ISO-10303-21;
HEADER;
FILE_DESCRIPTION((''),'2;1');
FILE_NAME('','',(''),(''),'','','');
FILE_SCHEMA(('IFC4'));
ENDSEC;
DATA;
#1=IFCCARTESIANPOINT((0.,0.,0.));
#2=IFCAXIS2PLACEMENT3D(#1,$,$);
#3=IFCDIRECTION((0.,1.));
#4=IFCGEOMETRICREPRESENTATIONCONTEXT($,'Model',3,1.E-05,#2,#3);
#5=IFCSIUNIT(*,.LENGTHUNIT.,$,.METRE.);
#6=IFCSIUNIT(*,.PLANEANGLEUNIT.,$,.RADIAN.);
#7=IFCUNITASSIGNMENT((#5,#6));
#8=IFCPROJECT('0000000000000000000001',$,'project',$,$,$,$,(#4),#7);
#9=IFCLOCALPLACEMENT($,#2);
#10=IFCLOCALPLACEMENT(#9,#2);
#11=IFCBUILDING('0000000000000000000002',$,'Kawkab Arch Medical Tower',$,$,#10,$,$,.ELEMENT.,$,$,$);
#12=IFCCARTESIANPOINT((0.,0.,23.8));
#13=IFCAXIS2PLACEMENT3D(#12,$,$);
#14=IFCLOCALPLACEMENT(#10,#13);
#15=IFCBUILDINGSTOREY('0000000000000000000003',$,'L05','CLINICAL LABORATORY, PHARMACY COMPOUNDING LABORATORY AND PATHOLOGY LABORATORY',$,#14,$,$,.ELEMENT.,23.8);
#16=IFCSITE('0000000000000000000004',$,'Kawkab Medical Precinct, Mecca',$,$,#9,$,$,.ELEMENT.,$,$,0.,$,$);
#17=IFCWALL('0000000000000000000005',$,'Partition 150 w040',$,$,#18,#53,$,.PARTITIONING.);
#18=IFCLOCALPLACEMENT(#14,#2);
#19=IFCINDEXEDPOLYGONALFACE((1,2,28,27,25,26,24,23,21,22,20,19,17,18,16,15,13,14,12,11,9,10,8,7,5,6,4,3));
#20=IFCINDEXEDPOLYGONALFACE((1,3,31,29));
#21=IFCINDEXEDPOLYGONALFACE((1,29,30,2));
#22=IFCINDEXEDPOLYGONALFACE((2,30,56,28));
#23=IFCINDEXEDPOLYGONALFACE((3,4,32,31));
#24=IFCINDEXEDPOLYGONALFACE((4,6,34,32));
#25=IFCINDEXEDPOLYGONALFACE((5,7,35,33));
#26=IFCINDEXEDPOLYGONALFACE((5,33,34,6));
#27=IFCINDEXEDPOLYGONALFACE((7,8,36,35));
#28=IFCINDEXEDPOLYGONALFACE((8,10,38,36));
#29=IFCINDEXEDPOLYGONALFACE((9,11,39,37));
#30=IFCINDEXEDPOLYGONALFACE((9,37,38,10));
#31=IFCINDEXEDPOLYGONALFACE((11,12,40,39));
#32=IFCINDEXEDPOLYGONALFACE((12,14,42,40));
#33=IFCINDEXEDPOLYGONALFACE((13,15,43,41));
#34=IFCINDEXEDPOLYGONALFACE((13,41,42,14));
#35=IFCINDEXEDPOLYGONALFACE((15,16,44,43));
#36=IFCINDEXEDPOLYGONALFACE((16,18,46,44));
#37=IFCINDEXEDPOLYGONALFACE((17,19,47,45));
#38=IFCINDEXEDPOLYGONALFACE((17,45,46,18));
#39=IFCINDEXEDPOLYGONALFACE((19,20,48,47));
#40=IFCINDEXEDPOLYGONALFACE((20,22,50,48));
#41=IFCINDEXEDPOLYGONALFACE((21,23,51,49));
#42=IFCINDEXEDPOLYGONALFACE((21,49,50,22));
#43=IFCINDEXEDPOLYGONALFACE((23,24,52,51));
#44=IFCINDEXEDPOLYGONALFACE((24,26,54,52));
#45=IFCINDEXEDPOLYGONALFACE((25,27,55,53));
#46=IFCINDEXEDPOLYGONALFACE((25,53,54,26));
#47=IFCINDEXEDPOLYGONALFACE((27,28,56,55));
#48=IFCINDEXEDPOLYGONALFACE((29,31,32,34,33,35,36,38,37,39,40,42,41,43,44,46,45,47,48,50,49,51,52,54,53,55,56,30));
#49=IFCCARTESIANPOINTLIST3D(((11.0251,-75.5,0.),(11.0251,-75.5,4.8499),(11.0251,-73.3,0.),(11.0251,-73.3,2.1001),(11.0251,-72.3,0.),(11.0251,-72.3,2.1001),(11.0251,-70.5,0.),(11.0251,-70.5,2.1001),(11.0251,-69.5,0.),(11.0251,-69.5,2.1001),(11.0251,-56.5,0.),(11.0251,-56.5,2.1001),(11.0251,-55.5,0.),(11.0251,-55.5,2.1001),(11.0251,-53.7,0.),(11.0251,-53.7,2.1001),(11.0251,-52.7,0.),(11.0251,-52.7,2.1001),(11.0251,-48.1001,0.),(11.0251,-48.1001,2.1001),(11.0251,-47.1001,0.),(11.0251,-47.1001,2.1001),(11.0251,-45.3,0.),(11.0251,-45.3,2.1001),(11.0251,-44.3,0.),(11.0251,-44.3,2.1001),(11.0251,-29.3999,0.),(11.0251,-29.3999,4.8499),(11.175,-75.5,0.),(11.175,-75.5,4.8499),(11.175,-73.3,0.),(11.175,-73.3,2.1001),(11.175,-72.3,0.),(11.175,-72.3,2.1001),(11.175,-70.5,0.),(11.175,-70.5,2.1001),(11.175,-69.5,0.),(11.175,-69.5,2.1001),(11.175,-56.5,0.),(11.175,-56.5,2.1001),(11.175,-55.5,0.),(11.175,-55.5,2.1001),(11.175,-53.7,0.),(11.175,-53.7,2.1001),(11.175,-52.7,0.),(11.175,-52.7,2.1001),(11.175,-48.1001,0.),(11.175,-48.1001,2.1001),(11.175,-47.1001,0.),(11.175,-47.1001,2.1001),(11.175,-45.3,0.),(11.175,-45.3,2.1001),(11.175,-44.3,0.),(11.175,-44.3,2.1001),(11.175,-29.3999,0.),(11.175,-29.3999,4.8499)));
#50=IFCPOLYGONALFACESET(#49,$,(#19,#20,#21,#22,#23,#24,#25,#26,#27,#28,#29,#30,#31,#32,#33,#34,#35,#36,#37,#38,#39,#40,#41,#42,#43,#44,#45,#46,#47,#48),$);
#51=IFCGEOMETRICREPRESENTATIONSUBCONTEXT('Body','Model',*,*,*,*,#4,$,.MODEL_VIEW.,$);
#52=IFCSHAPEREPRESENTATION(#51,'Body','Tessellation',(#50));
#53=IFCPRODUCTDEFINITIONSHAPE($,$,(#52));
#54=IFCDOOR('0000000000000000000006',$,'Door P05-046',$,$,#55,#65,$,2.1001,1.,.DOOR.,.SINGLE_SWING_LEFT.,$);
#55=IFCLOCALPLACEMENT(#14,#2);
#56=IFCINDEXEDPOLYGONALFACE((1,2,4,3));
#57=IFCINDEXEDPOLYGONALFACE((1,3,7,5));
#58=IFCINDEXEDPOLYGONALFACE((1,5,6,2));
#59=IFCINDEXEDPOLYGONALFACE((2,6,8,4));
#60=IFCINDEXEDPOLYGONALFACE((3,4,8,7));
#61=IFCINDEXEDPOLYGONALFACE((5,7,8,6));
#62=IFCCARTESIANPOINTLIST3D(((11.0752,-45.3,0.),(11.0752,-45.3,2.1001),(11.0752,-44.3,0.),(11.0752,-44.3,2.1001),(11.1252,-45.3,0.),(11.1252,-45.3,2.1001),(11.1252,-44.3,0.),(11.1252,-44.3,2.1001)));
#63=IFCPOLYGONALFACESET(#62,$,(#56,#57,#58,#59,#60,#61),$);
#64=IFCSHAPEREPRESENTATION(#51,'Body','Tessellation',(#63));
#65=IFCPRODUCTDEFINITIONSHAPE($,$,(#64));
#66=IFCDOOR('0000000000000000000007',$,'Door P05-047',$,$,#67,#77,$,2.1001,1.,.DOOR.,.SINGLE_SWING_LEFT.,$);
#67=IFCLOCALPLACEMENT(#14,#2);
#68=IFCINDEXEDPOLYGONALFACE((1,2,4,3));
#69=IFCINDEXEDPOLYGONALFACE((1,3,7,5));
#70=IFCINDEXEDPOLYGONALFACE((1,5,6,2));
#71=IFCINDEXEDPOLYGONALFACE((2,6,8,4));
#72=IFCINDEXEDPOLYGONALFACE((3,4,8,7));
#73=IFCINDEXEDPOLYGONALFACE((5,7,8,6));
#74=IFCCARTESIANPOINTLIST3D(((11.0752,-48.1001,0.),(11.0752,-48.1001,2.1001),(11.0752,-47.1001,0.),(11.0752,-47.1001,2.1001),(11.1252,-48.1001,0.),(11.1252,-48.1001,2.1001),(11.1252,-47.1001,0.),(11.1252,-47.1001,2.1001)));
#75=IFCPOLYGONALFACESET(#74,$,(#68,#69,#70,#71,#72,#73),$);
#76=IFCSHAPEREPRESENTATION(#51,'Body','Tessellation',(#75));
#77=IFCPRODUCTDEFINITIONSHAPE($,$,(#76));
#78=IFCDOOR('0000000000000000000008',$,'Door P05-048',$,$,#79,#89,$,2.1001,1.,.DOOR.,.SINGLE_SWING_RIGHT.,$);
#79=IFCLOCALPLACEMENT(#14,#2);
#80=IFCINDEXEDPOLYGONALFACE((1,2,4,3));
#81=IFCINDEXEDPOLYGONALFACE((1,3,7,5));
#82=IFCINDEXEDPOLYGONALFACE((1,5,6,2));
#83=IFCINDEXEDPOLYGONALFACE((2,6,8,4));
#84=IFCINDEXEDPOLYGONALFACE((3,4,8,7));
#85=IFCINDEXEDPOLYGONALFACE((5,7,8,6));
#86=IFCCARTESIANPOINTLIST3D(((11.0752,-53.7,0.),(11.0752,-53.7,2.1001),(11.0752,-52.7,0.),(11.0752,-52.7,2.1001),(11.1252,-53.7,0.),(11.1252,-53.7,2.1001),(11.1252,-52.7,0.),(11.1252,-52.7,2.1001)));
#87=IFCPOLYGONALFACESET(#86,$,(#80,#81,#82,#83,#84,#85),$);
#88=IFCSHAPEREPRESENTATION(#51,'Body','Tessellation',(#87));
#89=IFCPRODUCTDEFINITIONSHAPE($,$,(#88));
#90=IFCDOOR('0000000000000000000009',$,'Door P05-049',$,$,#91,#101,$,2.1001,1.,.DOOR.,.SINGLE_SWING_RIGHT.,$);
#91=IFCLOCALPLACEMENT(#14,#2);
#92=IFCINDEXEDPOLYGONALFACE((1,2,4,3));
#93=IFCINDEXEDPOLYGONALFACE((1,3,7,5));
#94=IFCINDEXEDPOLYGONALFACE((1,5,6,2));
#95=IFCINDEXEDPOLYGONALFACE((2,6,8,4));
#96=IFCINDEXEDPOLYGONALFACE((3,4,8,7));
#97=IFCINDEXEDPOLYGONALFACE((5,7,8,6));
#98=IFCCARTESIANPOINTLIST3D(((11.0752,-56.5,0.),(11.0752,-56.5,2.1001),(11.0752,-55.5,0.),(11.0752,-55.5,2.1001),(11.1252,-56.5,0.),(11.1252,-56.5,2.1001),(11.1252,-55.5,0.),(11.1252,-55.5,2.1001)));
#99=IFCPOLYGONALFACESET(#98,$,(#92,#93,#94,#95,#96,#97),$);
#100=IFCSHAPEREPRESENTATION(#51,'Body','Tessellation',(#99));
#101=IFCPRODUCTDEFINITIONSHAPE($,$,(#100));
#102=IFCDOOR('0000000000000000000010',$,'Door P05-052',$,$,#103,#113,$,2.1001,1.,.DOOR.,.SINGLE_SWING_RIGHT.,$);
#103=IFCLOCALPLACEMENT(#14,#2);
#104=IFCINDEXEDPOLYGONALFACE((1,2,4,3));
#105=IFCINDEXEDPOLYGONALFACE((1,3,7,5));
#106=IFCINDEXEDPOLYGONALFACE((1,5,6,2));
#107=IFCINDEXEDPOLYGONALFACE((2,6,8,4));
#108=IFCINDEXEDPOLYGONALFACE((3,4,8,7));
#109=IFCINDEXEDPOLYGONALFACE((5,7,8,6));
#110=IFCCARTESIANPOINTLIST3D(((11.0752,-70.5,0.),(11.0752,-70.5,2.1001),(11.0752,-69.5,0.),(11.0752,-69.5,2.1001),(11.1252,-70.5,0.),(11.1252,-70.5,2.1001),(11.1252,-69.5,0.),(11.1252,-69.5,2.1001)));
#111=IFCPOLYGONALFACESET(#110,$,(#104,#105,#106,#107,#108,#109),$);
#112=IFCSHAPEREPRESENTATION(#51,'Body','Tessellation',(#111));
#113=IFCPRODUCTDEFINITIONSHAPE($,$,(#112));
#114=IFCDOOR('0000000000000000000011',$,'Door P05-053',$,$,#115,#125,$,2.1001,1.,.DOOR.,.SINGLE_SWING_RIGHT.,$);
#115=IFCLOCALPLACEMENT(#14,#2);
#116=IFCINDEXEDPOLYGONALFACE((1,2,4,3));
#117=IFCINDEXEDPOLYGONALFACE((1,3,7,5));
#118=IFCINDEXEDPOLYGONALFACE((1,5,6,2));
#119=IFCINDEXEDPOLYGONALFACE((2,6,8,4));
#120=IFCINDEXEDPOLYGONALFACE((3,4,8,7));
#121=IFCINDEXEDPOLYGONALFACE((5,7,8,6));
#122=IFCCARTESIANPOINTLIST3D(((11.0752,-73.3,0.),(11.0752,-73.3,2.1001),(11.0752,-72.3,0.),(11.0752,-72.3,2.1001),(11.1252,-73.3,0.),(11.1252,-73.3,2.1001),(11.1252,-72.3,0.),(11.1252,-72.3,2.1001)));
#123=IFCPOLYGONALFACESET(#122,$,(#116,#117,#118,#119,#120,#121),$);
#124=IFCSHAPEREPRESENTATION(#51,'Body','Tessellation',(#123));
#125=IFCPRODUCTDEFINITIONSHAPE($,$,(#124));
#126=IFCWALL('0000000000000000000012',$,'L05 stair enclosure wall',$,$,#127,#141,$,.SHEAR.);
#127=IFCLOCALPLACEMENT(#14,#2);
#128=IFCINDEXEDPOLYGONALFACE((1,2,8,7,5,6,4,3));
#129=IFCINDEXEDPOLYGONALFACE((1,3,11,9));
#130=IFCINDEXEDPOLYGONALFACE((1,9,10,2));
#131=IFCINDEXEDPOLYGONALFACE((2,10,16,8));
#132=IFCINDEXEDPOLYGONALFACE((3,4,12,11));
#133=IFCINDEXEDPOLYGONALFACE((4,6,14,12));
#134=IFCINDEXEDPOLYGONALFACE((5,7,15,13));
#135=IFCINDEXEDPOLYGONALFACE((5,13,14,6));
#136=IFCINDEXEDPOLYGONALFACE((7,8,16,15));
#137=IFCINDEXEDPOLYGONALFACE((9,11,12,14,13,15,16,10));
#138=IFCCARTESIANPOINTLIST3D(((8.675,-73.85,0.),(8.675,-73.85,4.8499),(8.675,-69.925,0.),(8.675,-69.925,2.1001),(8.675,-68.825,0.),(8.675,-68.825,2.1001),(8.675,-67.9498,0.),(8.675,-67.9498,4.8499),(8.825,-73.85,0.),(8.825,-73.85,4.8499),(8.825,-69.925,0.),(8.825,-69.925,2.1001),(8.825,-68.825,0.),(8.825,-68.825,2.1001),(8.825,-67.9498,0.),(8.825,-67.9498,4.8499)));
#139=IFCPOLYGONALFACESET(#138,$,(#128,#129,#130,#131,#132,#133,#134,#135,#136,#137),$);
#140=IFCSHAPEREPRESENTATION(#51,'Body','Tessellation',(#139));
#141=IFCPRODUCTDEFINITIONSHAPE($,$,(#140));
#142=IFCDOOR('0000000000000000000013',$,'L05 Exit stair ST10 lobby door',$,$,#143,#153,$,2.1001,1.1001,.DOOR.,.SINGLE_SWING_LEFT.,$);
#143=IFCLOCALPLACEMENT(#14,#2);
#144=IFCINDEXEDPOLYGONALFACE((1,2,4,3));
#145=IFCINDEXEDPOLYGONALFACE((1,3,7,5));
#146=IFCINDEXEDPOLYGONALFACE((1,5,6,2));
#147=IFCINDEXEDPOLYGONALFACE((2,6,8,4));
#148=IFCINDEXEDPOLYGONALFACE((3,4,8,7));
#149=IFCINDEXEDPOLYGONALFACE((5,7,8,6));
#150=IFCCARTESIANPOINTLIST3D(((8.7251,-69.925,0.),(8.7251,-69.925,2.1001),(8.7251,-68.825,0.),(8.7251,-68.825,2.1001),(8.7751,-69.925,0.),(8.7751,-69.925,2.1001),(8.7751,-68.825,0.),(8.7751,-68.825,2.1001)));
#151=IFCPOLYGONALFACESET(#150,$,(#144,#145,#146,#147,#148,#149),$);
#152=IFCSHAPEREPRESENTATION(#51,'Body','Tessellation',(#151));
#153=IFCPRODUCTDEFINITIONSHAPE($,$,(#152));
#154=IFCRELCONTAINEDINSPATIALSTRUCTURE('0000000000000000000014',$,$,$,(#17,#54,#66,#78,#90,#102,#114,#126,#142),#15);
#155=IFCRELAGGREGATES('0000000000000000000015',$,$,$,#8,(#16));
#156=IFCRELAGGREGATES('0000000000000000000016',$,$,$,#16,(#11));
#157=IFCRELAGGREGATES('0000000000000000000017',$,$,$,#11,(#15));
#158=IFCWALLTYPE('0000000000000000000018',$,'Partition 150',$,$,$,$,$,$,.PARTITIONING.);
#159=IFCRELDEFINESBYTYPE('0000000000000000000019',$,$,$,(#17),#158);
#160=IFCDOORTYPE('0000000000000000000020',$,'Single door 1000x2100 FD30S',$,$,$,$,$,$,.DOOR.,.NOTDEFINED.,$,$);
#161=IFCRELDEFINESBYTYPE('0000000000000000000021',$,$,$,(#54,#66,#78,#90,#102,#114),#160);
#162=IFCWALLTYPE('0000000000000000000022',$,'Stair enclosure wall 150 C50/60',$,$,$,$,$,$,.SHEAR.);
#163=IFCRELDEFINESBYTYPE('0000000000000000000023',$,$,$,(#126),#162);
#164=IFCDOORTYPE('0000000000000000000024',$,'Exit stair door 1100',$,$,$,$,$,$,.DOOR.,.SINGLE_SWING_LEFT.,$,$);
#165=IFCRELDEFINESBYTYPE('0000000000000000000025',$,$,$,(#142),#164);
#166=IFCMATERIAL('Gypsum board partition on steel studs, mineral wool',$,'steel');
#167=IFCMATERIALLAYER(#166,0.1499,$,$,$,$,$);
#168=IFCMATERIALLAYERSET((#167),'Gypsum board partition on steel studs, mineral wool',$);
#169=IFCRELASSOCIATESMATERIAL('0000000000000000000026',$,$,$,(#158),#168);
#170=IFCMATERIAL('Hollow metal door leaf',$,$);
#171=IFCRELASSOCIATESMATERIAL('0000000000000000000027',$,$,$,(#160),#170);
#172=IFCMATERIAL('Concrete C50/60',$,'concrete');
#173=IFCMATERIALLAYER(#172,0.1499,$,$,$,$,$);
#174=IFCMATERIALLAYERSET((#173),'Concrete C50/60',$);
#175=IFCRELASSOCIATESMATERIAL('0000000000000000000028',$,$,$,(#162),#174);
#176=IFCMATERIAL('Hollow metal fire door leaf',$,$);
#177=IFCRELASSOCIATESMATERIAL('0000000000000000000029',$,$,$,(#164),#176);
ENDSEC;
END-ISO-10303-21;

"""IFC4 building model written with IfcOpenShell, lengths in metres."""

from ifc_helpers import new_model, si_unit, direction, frame, frame_2d, origin, place, context, subcontext, project, spatial, rectangle, extrude, material, layer, layer_set, type_object, element, fill, save


model = new_model("IFC4")

# Units and contexts
model_context = context("Model", 3, precision=1e-05, world=origin(), true_north=direction((0.0, 1.0)))
body_context = subcontext(model_context, "Body", "Model", "MODEL_VIEW")
ifc_project = project(units=[si_unit("LENGTHUNIT", "METRE"), si_unit("PLANEANGLEUNIT", "RADIAN")], contexts=[model_context])

# Site, building, storey
site_placement = place(None, origin())
site = spatial("IfcSite", under=ifc_project, at=site_placement, Name="Kawkab Medical Precinct, Mecca", CompositionType="ELEMENT", RefElevation=0.0)
building_placement = place(site_placement, origin())
building = spatial("IfcBuilding", under=site, at=building_placement, Name="Kawkab Arch Medical Tower", CompositionType="ELEMENT")
storey_placement = place(building_placement, frame((0.0, 0.0, 23.8)))
storey = spatial("IfcBuildingStorey", under=building, at=storey_placement, Name="L05", Description="CLINICAL LABORATORY, PHARMACY COMPOUNDING LABORATORY AND PATHOLOGY LABORATORY", CompositionType="ELEMENT", Elevation=23.8)

# Wall, openings, doors
ifc_material_1 = material(Name="Gypsum board partition on steel studs, mineral wool", Category="steel")
ifc_layer_1 = layer(ifc_material_1, 0.1499)
ifc_layer_set_1 = layer_set([ifc_layer_1], Name="Gypsum board partition on steel studs, mineral wool")
wall_type_1 = type_object("IfcWallType", Name="Partition 150", PredefinedType="PARTITIONING", material=ifc_layer_set_1)
ifc_material_2 = material(Name="Hollow metal door leaf")
door_type_1 = type_object("IfcDoorType", Name="Single door 1000x2100 FD30S", OperationType="NOTDEFINED", PredefinedType="DOOR", material=ifc_material_2)
wall_1_placement = place(storey_placement, frame((11.1001, -75.5, 0.0), z_axis=(0.0, 0.0, 1.0), x_axis=(0.0, 1.0, 0.0)))
wall_1 = element("IfcWall", 1, at=wall_1_placement, inside=storey, type_object=wall_type_1, Name="Partition 150 w040", PredefinedType="PARTITIONING", context=body_context, shape_type="SweptSolid", body=[
    extrude(rectangle(XDim=46.1001, YDim=0.1499, at=frame_2d((23.05, 0.0))), origin(), (0.0, 0.0, 1.0), 4.8499),
])
opening_1_placement = place(wall_1_placement, frame((30.2, 0.0, 0.0)))
opening_1 = element("IfcOpeningElement", 2, at=opening_1_placement, cuts=wall_1, PredefinedType="OPENING", context=body_context, shape_type="SweptSolid", body=[
    extrude(rectangle(XDim=1.0, YDim=2.1001, at=frame_2d((0.5, 1.05))), frame((0.0, 0.085, 0.0), z_axis=(0.0, -1.0, 0.0), x_axis=(1.0, 0.0, 0.0)), (0.0, 0.0, 1.0), 0.1699),
])
opening_2_placement = place(wall_1_placement, frame((27.3999, 0.0, 0.0)))
opening_2 = element("IfcOpeningElement", 3, at=opening_2_placement, cuts=wall_1, PredefinedType="OPENING", context=body_context, shape_type="SweptSolid", body=[
    extrude(rectangle(XDim=1.0, YDim=2.1001, at=frame_2d((0.5, 1.05))), frame((0.0, 0.085, 0.0), z_axis=(0.0, -1.0, 0.0), x_axis=(1.0, 0.0, 0.0)), (0.0, 0.0, 1.0), 0.1699),
])
opening_3_placement = place(wall_1_placement, frame((21.8, 0.0, 0.0)))
opening_3 = element("IfcOpeningElement", 4, at=opening_3_placement, cuts=wall_1, PredefinedType="OPENING", context=body_context, shape_type="SweptSolid", body=[
    extrude(rectangle(XDim=1.0, YDim=2.1001, at=frame_2d((0.5, 1.05))), frame((0.0, 0.085, 0.0), z_axis=(0.0, -1.0, 0.0), x_axis=(1.0, 0.0, 0.0)), (0.0, 0.0, 1.0), 0.1699),
])
opening_4_placement = place(wall_1_placement, frame((19.0, 0.0, 0.0)))
opening_4 = element("IfcOpeningElement", 5, at=opening_4_placement, cuts=wall_1, PredefinedType="OPENING", context=body_context, shape_type="SweptSolid", body=[
    extrude(rectangle(XDim=1.0, YDim=2.1001, at=frame_2d((0.5, 1.05))), frame((0.0, 0.085, 0.0), z_axis=(0.0, -1.0, 0.0), x_axis=(1.0, 0.0, 0.0)), (0.0, 0.0, 1.0), 0.1699),
])
opening_5_placement = place(wall_1_placement, frame((5.0, 0.0, 0.0)))
opening_5 = element("IfcOpeningElement", 6, at=opening_5_placement, cuts=wall_1, PredefinedType="OPENING", context=body_context, shape_type="SweptSolid", body=[
    extrude(rectangle(XDim=1.0, YDim=2.1001, at=frame_2d((0.5, 1.05))), frame((0.0, 0.085, 0.0), z_axis=(0.0, -1.0, 0.0), x_axis=(1.0, 0.0, 0.0)), (0.0, 0.0, 1.0), 0.1699),
])
opening_6_placement = place(wall_1_placement, frame((2.2, 0.0, 0.0)))
opening_6 = element("IfcOpeningElement", 7, at=opening_6_placement, cuts=wall_1, PredefinedType="OPENING", context=body_context, shape_type="SweptSolid", body=[
    extrude(rectangle(XDim=1.0, YDim=2.1001, at=frame_2d((0.5, 1.05))), frame((0.0, 0.085, 0.0), z_axis=(0.0, -1.0, 0.0), x_axis=(1.0, 0.0, 0.0)), (0.0, 0.0, 1.0), 0.1699),
])
door_1_placement = place(opening_1_placement, origin())
door_1 = element("IfcDoor", 8, at=door_1_placement, inside=storey, type_object=door_type_1, Name="Door P05-046", OperationType="SINGLE_SWING_LEFT", OverallHeight=2.1001, OverallWidth=1.0, PredefinedType="DOOR", context=body_context, shape_type="SweptSolid", body=[
    extrude(rectangle(XDim=1.0, YDim=2.1001, at=frame_2d((0.5, 1.05))), frame((0.0, 0.0249, 0.0), z_axis=(0.0, -1.0, 0.0), x_axis=(1.0, 0.0, 0.0)), (0.0, 0.0, 1.0), 0.05),
])
fill(opening_1, door_1)
door_2_placement = place(opening_2_placement, origin())
door_2 = element("IfcDoor", 9, at=door_2_placement, inside=storey, type_object=door_type_1, Name="Door P05-047", OperationType="SINGLE_SWING_LEFT", OverallHeight=2.1001, OverallWidth=1.0, PredefinedType="DOOR", context=body_context, shape_type="SweptSolid", body=[
    extrude(rectangle(XDim=1.0, YDim=2.1001, at=frame_2d((0.5, 1.05))), frame((0.0, 0.0249, 0.0), z_axis=(0.0, -1.0, 0.0), x_axis=(1.0, 0.0, 0.0)), (0.0, 0.0, 1.0), 0.05),
])
fill(opening_2, door_2)
door_3_placement = place(opening_3_placement, origin())
door_3 = element("IfcDoor", 10, at=door_3_placement, inside=storey, type_object=door_type_1, Name="Door P05-048", OperationType="SINGLE_SWING_RIGHT", OverallHeight=2.1001, OverallWidth=1.0, PredefinedType="DOOR", context=body_context, shape_type="SweptSolid", body=[
    extrude(rectangle(XDim=1.0, YDim=2.1001, at=frame_2d((0.5, 1.05))), frame((0.0, 0.0249, 0.0), z_axis=(0.0, -1.0, 0.0), x_axis=(1.0, 0.0, 0.0)), (0.0, 0.0, 1.0), 0.05),
])
fill(opening_3, door_3)
door_4_placement = place(opening_4_placement, origin())
door_4 = element("IfcDoor", 11, at=door_4_placement, inside=storey, type_object=door_type_1, Name="Door P05-049", OperationType="SINGLE_SWING_RIGHT", OverallHeight=2.1001, OverallWidth=1.0, PredefinedType="DOOR", context=body_context, shape_type="SweptSolid", body=[
    extrude(rectangle(XDim=1.0, YDim=2.1001, at=frame_2d((0.5, 1.05))), frame((0.0, 0.0249, 0.0), z_axis=(0.0, -1.0, 0.0), x_axis=(1.0, 0.0, 0.0)), (0.0, 0.0, 1.0), 0.05),
])
fill(opening_4, door_4)
door_5_placement = place(opening_5_placement, origin())
door_5 = element("IfcDoor", 12, at=door_5_placement, inside=storey, type_object=door_type_1, Name="Door P05-052", OperationType="SINGLE_SWING_RIGHT", OverallHeight=2.1001, OverallWidth=1.0, PredefinedType="DOOR", context=body_context, shape_type="SweptSolid", body=[
    extrude(rectangle(XDim=1.0, YDim=2.1001, at=frame_2d((0.5, 1.05))), frame((0.0, 0.0249, 0.0), z_axis=(0.0, -1.0, 0.0), x_axis=(1.0, 0.0, 0.0)), (0.0, 0.0, 1.0), 0.05),
])
fill(opening_5, door_5)
door_6_placement = place(opening_6_placement, origin())
door_6 = element("IfcDoor", 13, at=door_6_placement, inside=storey, type_object=door_type_1, Name="Door P05-053", OperationType="SINGLE_SWING_RIGHT", OverallHeight=2.1001, OverallWidth=1.0, PredefinedType="DOOR", context=body_context, shape_type="SweptSolid", body=[
    extrude(rectangle(XDim=1.0, YDim=2.1001, at=frame_2d((0.5, 1.05))), frame((0.0, 0.0249, 0.0), z_axis=(0.0, -1.0, 0.0), x_axis=(1.0, 0.0, 0.0)), (0.0, 0.0, 1.0), 0.05),
])
fill(opening_6, door_6)

# Wall, opening, door
ifc_material_3 = material(Name="Concrete C50/60", Category="concrete")
ifc_layer_2 = layer(ifc_material_3, 0.1499)
ifc_layer_set_2 = layer_set([ifc_layer_2], Name="Concrete C50/60")
wall_type_2 = type_object("IfcWallType", Name="Stair enclosure wall 150 C50/60", PredefinedType="SHEAR", material=ifc_layer_set_2)
wall_2_placement = place(storey_placement, frame((8.75, -73.8501, 0.0), z_axis=(0.0, 0.0, 1.0), x_axis=(0.0, 1.0, 0.0)))
wall_2 = element("IfcWall", 14, at=wall_2_placement, inside=storey, type_object=wall_type_2, Name="L05 stair enclosure wall", PredefinedType="SHEAR", context=body_context, shape_type="SweptSolid", body=[
    extrude(rectangle(XDim=5.9001, YDim=0.1499, at=frame_2d((2.9502, 0.0))), origin(), (0.0, 0.0, 1.0), 4.8499),
])
opening_7_placement = place(wall_2_placement, frame((3.925, 0.0, 0.0)))
opening_7 = element("IfcOpeningElement", 15, at=opening_7_placement, cuts=wall_2, PredefinedType="OPENING", context=body_context, shape_type="SweptSolid", body=[
    extrude(rectangle(XDim=1.1001, YDim=2.1001, at=frame_2d((0.55, 1.05))), frame((0.0, 0.085, 0.0), z_axis=(0.0, -1.0, 0.0), x_axis=(1.0, 0.0, 0.0)), (0.0, 0.0, 1.0), 0.1699),
])
ifc_material_4 = material(Name="Hollow metal fire door leaf")
door_type_2 = type_object("IfcDoorType", Name="Exit stair door 1100", OperationType="SINGLE_SWING_LEFT", PredefinedType="DOOR", material=ifc_material_4)
door_7_placement = place(opening_7_placement, origin())
door_7 = element("IfcDoor", 16, at=door_7_placement, inside=storey, type_object=door_type_2, Name="L05 Exit stair ST10 lobby door", OperationType="SINGLE_SWING_LEFT", OverallHeight=2.1001, OverallWidth=1.1001, PredefinedType="DOOR", context=body_context, shape_type="SweptSolid", body=[
    extrude(rectangle(XDim=1.1001, YDim=2.1001, at=frame_2d((0.55, 1.05))), frame((0.0, 0.0249, 0.0), z_axis=(0.0, -1.0, 0.0), x_axis=(1.0, 0.0, 0.0)), (0.0, 0.0, 1.0), 0.05),
])
fill(opening_7, door_7)

save(model, "model.ifc")
